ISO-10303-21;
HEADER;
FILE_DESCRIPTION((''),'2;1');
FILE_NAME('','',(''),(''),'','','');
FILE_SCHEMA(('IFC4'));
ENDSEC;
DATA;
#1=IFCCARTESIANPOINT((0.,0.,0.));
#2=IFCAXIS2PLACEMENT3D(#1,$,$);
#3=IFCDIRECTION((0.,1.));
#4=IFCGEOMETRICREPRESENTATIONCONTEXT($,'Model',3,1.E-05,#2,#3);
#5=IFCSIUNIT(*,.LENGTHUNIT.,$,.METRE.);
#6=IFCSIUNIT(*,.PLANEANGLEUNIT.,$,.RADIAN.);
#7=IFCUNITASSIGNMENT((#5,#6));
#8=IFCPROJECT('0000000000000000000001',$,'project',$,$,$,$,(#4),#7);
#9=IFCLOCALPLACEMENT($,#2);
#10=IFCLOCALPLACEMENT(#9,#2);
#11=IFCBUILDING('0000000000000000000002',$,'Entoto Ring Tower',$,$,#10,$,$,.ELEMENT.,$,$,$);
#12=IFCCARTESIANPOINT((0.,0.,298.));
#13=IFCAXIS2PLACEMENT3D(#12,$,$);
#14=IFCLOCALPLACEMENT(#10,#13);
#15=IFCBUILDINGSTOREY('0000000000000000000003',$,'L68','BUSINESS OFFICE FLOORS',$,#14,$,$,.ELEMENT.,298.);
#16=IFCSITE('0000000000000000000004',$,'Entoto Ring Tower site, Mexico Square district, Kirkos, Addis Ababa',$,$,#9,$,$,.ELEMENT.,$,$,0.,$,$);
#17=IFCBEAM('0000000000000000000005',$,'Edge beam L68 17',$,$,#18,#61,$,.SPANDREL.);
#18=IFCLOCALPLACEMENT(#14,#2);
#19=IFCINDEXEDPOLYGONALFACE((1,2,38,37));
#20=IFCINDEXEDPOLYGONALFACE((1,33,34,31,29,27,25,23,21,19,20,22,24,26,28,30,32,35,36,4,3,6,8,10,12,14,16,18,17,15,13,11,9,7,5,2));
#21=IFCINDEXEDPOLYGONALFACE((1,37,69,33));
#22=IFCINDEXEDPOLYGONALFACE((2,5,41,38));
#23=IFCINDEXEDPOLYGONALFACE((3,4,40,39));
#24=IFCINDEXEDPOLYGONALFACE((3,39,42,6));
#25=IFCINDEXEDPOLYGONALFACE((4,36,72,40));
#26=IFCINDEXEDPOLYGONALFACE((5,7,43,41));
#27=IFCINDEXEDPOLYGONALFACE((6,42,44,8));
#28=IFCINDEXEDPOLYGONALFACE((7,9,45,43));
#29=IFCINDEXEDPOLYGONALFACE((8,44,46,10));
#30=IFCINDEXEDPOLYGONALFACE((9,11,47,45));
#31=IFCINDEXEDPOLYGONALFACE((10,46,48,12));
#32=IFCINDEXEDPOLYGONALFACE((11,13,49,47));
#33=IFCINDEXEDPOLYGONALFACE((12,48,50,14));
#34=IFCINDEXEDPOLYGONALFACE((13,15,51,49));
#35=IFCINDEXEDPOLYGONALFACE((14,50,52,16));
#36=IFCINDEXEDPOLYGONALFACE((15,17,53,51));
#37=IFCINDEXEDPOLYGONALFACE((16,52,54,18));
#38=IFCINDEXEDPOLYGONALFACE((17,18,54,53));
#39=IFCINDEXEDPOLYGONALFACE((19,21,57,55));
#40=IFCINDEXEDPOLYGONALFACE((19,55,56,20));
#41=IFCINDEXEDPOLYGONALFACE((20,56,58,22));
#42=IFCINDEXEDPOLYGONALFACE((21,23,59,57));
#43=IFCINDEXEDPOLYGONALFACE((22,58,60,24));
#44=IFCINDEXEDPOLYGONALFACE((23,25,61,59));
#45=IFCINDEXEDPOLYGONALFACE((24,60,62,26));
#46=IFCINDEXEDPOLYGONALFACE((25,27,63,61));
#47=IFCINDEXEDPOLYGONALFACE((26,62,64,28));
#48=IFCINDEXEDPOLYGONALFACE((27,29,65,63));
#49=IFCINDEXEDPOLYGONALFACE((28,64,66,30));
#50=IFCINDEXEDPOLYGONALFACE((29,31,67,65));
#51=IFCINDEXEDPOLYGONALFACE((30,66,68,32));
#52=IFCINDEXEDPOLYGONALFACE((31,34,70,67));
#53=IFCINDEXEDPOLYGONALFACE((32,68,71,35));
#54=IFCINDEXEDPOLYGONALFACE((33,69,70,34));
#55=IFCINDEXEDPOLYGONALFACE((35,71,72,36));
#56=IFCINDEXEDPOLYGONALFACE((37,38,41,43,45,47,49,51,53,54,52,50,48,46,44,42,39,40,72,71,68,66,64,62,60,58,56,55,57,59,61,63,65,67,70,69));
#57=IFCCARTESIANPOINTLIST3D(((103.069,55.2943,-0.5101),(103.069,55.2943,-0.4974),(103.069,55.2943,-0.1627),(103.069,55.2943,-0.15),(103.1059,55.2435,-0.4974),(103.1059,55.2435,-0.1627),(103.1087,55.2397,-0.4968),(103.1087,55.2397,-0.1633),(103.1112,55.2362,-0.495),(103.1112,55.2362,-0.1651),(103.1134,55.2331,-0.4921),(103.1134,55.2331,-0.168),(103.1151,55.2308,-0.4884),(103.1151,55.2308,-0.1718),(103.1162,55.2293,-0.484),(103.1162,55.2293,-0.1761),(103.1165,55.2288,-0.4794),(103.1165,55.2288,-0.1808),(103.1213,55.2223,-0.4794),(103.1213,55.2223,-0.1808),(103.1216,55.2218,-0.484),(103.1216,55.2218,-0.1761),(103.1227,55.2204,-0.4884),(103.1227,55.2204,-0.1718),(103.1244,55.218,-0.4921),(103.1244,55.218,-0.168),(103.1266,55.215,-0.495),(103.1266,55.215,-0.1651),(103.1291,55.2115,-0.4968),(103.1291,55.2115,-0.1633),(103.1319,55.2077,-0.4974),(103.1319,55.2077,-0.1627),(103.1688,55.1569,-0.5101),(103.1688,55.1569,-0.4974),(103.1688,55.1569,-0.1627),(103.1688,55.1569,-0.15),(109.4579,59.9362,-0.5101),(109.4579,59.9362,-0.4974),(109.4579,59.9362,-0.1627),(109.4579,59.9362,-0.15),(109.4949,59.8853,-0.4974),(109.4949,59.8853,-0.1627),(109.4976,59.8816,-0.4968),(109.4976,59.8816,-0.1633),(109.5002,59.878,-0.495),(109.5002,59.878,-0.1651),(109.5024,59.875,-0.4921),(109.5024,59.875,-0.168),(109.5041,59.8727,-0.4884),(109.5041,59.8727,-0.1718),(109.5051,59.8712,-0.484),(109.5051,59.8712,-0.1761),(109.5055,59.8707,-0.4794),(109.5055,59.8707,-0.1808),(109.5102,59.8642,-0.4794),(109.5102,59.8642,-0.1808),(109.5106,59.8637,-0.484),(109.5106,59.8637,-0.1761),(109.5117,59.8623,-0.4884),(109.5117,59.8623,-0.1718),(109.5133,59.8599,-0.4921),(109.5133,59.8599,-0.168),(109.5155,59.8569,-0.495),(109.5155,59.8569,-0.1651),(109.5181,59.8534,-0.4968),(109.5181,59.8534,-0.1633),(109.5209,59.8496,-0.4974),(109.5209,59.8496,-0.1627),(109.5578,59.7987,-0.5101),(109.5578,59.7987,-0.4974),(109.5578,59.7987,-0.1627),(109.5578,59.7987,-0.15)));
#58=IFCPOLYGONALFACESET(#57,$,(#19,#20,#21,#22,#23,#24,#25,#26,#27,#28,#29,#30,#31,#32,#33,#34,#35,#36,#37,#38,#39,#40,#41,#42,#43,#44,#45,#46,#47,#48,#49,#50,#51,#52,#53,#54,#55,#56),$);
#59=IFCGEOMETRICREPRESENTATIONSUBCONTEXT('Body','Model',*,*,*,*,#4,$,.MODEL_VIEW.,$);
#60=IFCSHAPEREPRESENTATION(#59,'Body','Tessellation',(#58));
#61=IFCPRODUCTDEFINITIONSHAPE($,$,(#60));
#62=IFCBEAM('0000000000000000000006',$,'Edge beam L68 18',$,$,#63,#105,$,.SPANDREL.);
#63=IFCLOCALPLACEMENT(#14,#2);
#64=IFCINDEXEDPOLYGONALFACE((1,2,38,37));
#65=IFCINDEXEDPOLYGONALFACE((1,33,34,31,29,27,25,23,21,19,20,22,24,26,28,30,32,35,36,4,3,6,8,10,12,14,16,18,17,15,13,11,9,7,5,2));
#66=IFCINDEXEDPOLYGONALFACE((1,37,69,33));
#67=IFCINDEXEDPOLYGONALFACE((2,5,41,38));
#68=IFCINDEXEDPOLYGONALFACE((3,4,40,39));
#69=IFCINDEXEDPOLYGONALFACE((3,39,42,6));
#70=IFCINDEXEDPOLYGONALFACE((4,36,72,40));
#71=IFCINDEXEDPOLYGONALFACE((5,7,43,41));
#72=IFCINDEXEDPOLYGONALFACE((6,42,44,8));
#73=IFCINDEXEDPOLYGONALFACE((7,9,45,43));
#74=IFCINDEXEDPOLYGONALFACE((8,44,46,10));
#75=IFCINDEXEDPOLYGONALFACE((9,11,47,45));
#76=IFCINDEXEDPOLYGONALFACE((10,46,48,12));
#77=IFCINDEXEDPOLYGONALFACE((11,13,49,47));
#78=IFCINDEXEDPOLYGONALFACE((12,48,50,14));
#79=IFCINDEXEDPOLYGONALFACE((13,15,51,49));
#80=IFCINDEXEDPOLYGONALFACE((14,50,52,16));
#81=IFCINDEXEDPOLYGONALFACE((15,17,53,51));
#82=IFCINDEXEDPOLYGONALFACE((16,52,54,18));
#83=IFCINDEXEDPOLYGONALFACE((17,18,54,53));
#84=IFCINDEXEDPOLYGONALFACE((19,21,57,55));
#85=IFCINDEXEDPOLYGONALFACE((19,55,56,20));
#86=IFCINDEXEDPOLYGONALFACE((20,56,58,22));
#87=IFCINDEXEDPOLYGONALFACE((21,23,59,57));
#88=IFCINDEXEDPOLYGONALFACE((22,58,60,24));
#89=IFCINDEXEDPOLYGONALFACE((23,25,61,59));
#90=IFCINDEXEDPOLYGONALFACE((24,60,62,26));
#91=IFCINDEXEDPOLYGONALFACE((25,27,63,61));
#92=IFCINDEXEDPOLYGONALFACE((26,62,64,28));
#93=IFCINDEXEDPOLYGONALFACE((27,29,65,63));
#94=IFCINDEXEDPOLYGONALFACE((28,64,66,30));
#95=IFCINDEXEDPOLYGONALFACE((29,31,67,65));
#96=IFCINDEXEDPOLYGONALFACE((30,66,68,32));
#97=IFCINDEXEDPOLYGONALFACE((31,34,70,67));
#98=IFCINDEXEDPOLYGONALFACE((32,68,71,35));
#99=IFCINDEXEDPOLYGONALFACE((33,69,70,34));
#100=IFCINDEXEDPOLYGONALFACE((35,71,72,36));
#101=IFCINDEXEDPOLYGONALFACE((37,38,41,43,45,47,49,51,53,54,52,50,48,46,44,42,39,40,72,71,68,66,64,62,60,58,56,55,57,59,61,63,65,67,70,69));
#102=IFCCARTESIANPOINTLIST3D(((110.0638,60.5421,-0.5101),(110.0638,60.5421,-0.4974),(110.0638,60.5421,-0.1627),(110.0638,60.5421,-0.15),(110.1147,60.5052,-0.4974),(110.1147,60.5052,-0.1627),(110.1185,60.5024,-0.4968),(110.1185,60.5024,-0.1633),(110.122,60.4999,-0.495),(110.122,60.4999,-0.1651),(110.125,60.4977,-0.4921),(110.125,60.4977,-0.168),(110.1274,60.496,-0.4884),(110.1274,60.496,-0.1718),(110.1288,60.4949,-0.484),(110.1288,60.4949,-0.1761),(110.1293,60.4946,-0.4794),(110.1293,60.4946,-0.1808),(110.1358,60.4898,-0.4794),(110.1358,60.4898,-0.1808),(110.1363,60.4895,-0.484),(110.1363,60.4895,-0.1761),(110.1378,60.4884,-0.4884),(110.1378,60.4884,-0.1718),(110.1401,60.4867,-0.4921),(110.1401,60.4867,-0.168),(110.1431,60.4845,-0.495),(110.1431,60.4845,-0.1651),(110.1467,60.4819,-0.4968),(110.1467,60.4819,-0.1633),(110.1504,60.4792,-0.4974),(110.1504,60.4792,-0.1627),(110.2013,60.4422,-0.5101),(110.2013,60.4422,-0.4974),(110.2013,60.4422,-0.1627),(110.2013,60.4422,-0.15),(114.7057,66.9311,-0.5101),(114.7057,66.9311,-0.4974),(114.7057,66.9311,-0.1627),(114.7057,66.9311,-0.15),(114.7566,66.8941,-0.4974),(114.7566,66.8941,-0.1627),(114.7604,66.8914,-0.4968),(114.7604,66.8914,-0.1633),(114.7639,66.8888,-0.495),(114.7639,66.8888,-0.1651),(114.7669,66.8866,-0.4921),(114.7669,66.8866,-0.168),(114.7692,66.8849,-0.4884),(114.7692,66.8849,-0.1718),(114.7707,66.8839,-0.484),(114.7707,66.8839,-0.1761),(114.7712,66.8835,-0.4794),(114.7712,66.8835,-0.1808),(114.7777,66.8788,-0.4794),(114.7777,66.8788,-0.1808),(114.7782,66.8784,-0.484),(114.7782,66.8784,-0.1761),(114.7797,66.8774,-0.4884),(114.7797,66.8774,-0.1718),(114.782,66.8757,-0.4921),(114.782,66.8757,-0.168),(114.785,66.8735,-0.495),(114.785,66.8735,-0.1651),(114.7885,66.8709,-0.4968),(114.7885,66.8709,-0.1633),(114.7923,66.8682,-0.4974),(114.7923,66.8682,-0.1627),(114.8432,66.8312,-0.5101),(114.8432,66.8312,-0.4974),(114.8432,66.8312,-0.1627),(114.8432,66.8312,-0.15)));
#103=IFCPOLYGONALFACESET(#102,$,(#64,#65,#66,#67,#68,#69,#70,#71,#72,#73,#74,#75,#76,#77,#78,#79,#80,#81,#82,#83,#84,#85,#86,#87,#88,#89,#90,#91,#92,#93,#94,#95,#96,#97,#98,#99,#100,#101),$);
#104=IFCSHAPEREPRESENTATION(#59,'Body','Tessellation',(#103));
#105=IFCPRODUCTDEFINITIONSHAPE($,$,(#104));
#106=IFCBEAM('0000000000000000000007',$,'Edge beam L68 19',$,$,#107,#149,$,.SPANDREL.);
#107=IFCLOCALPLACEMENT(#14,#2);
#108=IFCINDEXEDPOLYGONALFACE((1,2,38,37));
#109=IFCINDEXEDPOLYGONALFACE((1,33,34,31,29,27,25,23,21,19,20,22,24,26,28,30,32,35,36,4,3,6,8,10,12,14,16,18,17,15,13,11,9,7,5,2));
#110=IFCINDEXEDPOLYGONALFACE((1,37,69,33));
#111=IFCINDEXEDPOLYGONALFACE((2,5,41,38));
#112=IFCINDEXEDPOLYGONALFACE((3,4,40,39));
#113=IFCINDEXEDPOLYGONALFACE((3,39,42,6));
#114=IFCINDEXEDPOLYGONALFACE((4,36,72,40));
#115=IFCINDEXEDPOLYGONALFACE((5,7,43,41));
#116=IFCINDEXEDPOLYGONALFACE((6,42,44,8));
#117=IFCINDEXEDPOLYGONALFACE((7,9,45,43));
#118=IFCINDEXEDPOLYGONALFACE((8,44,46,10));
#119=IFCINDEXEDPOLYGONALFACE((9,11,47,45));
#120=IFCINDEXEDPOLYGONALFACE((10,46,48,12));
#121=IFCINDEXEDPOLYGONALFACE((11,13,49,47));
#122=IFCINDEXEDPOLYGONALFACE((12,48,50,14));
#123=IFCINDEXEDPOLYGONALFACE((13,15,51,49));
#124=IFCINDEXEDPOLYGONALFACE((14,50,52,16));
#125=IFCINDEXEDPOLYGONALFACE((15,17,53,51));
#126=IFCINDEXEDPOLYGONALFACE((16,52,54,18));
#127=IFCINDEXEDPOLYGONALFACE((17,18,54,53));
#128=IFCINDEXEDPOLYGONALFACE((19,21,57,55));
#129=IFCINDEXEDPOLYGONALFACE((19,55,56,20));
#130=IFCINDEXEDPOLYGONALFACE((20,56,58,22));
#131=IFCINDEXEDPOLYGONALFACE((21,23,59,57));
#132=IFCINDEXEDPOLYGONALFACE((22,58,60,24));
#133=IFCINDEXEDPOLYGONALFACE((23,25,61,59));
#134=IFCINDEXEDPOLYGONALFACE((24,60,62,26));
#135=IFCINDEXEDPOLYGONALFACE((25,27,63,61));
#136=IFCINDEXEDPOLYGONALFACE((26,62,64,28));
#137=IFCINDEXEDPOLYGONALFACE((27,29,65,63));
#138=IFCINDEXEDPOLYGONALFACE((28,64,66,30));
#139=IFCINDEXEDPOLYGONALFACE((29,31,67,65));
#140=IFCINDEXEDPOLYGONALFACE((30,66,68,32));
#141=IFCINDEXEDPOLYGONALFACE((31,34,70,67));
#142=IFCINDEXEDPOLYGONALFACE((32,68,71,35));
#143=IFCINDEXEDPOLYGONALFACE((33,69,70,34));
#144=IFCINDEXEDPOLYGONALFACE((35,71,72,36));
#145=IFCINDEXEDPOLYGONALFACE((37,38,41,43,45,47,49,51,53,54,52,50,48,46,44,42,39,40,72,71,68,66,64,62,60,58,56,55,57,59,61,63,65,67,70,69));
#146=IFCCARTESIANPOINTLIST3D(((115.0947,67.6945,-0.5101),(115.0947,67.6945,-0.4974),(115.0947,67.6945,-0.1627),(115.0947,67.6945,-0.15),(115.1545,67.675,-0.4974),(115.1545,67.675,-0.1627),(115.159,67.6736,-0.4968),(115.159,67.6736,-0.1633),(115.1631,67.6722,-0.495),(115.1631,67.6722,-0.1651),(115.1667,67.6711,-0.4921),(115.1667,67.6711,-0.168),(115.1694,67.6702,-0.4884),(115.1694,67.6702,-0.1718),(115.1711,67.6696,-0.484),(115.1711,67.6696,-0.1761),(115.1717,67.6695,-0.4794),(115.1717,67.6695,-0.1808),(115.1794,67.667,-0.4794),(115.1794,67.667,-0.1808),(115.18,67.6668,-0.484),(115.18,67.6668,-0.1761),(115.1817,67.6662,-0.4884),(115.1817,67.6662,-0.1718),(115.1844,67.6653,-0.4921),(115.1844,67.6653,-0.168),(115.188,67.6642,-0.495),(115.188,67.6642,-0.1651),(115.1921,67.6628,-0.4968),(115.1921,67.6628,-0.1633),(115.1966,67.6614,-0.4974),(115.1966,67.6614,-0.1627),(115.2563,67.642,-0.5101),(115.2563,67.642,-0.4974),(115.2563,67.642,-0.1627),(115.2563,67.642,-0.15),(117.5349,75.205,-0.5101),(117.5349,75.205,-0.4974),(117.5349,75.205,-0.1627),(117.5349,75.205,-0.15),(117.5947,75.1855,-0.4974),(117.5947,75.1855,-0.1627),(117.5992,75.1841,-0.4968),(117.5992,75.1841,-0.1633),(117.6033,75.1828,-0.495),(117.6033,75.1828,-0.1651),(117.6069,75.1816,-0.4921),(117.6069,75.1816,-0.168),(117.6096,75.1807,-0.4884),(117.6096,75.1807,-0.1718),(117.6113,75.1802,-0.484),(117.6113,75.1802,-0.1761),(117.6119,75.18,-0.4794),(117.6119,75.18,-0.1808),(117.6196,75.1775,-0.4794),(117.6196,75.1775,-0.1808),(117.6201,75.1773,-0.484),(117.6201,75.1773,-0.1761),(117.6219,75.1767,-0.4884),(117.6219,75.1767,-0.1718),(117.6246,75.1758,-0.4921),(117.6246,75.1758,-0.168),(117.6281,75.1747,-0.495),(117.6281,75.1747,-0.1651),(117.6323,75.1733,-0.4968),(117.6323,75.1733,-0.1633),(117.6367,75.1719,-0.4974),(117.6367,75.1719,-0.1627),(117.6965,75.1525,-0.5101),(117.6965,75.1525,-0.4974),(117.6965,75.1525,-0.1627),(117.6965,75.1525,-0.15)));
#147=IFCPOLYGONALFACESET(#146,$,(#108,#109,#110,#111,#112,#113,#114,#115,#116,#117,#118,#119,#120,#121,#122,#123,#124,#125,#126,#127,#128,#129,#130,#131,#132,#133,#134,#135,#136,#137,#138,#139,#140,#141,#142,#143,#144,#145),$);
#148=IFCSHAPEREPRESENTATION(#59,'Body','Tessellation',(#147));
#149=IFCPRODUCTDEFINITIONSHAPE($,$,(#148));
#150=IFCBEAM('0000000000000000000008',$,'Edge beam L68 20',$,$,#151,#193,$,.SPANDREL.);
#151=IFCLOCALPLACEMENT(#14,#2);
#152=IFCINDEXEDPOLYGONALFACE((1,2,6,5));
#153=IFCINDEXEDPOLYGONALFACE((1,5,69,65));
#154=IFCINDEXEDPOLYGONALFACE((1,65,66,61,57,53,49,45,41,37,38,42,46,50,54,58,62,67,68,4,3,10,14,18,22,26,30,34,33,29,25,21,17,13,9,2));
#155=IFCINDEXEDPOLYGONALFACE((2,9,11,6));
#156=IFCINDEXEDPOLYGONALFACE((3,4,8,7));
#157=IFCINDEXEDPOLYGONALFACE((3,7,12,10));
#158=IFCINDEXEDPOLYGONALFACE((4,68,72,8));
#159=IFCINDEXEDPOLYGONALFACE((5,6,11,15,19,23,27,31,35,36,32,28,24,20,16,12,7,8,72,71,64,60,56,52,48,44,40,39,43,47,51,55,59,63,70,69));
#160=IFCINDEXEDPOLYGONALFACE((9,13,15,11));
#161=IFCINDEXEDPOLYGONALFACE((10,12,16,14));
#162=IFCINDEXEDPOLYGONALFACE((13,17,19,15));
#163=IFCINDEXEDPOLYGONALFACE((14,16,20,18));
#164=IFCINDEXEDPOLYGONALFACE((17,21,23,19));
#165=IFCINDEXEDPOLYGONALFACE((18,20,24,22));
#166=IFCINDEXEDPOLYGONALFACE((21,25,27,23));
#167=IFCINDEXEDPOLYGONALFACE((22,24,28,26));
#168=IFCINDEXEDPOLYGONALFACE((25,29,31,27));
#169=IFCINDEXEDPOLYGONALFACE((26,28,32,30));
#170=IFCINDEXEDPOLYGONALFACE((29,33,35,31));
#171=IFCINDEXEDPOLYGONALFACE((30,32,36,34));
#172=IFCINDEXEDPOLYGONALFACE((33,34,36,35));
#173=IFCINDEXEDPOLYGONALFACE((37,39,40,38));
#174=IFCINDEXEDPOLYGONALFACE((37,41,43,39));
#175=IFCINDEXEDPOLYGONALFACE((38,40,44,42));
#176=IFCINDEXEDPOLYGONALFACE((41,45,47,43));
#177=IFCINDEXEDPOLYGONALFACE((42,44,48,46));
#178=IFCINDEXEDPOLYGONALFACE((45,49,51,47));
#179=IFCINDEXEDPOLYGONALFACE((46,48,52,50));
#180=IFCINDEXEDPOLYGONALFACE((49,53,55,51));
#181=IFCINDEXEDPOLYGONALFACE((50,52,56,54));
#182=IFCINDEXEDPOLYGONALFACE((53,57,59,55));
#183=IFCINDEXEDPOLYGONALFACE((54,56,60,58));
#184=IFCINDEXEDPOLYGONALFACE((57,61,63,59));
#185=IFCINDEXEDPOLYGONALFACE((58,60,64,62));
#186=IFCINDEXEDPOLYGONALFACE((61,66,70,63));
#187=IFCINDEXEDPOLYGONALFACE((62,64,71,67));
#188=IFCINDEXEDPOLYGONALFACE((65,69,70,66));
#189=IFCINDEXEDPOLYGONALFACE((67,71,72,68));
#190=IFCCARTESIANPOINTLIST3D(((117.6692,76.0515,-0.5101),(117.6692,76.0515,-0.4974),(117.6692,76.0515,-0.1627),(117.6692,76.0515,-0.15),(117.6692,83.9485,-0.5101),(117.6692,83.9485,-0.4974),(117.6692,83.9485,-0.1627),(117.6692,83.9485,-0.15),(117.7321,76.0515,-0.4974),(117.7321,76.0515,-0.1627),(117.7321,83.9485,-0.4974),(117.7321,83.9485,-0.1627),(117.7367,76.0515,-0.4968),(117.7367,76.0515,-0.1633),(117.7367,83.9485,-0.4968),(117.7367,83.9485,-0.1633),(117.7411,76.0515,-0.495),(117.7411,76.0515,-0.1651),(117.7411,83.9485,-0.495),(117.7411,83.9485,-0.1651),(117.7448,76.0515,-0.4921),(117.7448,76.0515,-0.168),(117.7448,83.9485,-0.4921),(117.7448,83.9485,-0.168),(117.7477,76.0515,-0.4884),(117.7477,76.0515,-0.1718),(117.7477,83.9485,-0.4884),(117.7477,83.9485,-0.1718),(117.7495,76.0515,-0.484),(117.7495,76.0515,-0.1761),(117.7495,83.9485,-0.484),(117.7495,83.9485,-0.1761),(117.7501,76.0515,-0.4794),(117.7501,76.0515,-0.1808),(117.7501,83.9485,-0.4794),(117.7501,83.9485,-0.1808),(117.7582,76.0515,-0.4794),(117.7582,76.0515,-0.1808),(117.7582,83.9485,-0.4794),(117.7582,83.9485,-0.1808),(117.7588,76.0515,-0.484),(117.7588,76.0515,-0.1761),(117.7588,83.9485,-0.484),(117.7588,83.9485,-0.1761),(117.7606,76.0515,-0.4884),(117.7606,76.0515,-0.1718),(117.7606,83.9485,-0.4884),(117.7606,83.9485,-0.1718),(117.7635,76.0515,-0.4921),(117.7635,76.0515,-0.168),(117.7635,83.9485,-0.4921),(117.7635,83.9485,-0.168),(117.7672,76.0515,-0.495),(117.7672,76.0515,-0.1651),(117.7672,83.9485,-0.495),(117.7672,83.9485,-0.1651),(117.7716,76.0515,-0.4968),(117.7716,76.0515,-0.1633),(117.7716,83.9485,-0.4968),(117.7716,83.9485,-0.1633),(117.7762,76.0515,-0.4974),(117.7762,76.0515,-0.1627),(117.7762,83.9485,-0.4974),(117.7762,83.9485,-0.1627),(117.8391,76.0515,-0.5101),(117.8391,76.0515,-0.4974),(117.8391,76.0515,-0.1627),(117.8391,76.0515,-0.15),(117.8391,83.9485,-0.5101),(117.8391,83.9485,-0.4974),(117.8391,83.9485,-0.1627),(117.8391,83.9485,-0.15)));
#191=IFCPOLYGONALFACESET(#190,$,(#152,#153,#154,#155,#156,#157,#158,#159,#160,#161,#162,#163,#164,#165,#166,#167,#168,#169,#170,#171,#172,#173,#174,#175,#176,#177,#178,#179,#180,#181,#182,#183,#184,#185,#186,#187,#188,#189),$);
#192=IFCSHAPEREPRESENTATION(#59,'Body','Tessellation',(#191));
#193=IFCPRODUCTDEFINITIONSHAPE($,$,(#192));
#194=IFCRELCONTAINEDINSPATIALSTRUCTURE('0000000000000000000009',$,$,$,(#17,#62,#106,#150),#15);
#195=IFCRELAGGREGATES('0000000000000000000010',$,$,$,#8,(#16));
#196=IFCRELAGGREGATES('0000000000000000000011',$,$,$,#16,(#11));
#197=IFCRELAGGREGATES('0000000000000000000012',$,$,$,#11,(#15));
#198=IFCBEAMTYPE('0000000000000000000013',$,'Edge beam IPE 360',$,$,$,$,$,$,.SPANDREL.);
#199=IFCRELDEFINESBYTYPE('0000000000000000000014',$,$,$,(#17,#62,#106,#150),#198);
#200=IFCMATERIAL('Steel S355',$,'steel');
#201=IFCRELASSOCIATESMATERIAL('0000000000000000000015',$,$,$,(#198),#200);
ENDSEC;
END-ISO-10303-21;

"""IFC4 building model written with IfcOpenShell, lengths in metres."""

from ifc_helpers import new_model, si_unit, direction, frame, origin, origin_2d, place, context, subcontext, project, spatial, i_section, extrude, material, material_profile, profile_set, type_object, element, save


model = new_model("IFC4")

# Units and contexts
model_context = context("Model", 3, precision=1e-05, world=origin(), true_north=direction((0.0, 1.0)))
body_context = subcontext(model_context, "Body", "Model", "MODEL_VIEW")
ifc_project = project(units=[si_unit("LENGTHUNIT", "METRE"), si_unit("PLANEANGLEUNIT", "RADIAN")], contexts=[model_context])

# Site, building, storey
site_placement = place(None, origin())
site = spatial("IfcSite", under=ifc_project, at=site_placement, Name="Entoto Ring Tower site, Mexico Square district, Kirkos, Addis Ababa", CompositionType="ELEMENT", RefElevation=0.0)
building_placement = place(site_placement, origin())
building = spatial("IfcBuilding", under=site, at=building_placement, Name="Entoto Ring Tower", CompositionType="ELEMENT")
storey_placement = place(building_placement, frame((0.0, 0.0, 298.0)))
storey = spatial("IfcBuildingStorey", under=building, at=storey_placement, Name="L68", Description="BUSINESS OFFICE FLOORS", CompositionType="ELEMENT", Elevation=298.0)

# Beams
ifc_material_1 = material(Name="Steel S355", Category="steel")
ifc_material_profile_1 = material_profile(ifc_material_1, i_section(OverallWidth=0.1699, OverallDepth=0.3601, WebThickness=0.0081, FlangeThickness=0.0127, FilletRadius=0.0181, at=origin_2d()), Name="IPE 360")
ifc_profile_set_1 = profile_set([ifc_material_profile_1], Name="Steel S355")
beam_type_1 = type_object("IfcBeamType", Name="Edge beam IPE 360", PredefinedType="SPANDREL", material=ifc_profile_set_1)
for number, where, z_axis, x_axis, name in (
    (1, (103.1189, 55.2256, -0.3301), (0.809015, 0.587787, 0.0), (-0.587787, 0.809015, 0.0), "Edge beam L68 17"),
    (2, (110.1326, 60.4922, -0.3301), (0.587787, 0.809015, 0.0), (-0.809015, 0.587787, 0.0), "Edge beam L68 18"),
):
    element("IfcBeam", number, at=place(storey_placement, frame(where, z_axis=z_axis, x_axis=x_axis)), inside=storey, type_object=beam_type_1, Name=name, PredefinedType="SPANDREL", context=body_context, shape_type="SweptSolid", body=[
        extrude(i_section(OverallWidth=0.1699, OverallDepth=0.3601, WebThickness=0.0081, FlangeThickness=0.0127, FilletRadius=0.0181, at=origin_2d()), origin(), (0.0, 0.0, 1.0), 7.8972),
    ])
for number, where, z_axis, x_axis, name in (
    (3, (115.1755, 67.6682, -0.3301), (0.309003, 0.951061, 0.0), (-0.951061, 0.309003, 0.0), "Edge beam L68 19"),
    (4, (117.7542, 76.0515, -0.3301), (0.0, 1.0, 0.0), (-1.0, 0.0, 0.0), "Edge beam L68 20"),
):
    element("IfcBeam", number, at=place(storey_placement, frame(where, z_axis=z_axis, x_axis=x_axis)), inside=storey, type_object=beam_type_1, Name=name, PredefinedType="SPANDREL", context=body_context, shape_type="SweptSolid", body=[
        extrude(i_section(OverallWidth=0.1699, OverallDepth=0.3601, WebThickness=0.0081, FlangeThickness=0.0127, FilletRadius=0.0181, at=origin_2d()), origin(), (0.0, 0.0, 1.0), 7.897),
    ])

save(model, "model.ifc")
